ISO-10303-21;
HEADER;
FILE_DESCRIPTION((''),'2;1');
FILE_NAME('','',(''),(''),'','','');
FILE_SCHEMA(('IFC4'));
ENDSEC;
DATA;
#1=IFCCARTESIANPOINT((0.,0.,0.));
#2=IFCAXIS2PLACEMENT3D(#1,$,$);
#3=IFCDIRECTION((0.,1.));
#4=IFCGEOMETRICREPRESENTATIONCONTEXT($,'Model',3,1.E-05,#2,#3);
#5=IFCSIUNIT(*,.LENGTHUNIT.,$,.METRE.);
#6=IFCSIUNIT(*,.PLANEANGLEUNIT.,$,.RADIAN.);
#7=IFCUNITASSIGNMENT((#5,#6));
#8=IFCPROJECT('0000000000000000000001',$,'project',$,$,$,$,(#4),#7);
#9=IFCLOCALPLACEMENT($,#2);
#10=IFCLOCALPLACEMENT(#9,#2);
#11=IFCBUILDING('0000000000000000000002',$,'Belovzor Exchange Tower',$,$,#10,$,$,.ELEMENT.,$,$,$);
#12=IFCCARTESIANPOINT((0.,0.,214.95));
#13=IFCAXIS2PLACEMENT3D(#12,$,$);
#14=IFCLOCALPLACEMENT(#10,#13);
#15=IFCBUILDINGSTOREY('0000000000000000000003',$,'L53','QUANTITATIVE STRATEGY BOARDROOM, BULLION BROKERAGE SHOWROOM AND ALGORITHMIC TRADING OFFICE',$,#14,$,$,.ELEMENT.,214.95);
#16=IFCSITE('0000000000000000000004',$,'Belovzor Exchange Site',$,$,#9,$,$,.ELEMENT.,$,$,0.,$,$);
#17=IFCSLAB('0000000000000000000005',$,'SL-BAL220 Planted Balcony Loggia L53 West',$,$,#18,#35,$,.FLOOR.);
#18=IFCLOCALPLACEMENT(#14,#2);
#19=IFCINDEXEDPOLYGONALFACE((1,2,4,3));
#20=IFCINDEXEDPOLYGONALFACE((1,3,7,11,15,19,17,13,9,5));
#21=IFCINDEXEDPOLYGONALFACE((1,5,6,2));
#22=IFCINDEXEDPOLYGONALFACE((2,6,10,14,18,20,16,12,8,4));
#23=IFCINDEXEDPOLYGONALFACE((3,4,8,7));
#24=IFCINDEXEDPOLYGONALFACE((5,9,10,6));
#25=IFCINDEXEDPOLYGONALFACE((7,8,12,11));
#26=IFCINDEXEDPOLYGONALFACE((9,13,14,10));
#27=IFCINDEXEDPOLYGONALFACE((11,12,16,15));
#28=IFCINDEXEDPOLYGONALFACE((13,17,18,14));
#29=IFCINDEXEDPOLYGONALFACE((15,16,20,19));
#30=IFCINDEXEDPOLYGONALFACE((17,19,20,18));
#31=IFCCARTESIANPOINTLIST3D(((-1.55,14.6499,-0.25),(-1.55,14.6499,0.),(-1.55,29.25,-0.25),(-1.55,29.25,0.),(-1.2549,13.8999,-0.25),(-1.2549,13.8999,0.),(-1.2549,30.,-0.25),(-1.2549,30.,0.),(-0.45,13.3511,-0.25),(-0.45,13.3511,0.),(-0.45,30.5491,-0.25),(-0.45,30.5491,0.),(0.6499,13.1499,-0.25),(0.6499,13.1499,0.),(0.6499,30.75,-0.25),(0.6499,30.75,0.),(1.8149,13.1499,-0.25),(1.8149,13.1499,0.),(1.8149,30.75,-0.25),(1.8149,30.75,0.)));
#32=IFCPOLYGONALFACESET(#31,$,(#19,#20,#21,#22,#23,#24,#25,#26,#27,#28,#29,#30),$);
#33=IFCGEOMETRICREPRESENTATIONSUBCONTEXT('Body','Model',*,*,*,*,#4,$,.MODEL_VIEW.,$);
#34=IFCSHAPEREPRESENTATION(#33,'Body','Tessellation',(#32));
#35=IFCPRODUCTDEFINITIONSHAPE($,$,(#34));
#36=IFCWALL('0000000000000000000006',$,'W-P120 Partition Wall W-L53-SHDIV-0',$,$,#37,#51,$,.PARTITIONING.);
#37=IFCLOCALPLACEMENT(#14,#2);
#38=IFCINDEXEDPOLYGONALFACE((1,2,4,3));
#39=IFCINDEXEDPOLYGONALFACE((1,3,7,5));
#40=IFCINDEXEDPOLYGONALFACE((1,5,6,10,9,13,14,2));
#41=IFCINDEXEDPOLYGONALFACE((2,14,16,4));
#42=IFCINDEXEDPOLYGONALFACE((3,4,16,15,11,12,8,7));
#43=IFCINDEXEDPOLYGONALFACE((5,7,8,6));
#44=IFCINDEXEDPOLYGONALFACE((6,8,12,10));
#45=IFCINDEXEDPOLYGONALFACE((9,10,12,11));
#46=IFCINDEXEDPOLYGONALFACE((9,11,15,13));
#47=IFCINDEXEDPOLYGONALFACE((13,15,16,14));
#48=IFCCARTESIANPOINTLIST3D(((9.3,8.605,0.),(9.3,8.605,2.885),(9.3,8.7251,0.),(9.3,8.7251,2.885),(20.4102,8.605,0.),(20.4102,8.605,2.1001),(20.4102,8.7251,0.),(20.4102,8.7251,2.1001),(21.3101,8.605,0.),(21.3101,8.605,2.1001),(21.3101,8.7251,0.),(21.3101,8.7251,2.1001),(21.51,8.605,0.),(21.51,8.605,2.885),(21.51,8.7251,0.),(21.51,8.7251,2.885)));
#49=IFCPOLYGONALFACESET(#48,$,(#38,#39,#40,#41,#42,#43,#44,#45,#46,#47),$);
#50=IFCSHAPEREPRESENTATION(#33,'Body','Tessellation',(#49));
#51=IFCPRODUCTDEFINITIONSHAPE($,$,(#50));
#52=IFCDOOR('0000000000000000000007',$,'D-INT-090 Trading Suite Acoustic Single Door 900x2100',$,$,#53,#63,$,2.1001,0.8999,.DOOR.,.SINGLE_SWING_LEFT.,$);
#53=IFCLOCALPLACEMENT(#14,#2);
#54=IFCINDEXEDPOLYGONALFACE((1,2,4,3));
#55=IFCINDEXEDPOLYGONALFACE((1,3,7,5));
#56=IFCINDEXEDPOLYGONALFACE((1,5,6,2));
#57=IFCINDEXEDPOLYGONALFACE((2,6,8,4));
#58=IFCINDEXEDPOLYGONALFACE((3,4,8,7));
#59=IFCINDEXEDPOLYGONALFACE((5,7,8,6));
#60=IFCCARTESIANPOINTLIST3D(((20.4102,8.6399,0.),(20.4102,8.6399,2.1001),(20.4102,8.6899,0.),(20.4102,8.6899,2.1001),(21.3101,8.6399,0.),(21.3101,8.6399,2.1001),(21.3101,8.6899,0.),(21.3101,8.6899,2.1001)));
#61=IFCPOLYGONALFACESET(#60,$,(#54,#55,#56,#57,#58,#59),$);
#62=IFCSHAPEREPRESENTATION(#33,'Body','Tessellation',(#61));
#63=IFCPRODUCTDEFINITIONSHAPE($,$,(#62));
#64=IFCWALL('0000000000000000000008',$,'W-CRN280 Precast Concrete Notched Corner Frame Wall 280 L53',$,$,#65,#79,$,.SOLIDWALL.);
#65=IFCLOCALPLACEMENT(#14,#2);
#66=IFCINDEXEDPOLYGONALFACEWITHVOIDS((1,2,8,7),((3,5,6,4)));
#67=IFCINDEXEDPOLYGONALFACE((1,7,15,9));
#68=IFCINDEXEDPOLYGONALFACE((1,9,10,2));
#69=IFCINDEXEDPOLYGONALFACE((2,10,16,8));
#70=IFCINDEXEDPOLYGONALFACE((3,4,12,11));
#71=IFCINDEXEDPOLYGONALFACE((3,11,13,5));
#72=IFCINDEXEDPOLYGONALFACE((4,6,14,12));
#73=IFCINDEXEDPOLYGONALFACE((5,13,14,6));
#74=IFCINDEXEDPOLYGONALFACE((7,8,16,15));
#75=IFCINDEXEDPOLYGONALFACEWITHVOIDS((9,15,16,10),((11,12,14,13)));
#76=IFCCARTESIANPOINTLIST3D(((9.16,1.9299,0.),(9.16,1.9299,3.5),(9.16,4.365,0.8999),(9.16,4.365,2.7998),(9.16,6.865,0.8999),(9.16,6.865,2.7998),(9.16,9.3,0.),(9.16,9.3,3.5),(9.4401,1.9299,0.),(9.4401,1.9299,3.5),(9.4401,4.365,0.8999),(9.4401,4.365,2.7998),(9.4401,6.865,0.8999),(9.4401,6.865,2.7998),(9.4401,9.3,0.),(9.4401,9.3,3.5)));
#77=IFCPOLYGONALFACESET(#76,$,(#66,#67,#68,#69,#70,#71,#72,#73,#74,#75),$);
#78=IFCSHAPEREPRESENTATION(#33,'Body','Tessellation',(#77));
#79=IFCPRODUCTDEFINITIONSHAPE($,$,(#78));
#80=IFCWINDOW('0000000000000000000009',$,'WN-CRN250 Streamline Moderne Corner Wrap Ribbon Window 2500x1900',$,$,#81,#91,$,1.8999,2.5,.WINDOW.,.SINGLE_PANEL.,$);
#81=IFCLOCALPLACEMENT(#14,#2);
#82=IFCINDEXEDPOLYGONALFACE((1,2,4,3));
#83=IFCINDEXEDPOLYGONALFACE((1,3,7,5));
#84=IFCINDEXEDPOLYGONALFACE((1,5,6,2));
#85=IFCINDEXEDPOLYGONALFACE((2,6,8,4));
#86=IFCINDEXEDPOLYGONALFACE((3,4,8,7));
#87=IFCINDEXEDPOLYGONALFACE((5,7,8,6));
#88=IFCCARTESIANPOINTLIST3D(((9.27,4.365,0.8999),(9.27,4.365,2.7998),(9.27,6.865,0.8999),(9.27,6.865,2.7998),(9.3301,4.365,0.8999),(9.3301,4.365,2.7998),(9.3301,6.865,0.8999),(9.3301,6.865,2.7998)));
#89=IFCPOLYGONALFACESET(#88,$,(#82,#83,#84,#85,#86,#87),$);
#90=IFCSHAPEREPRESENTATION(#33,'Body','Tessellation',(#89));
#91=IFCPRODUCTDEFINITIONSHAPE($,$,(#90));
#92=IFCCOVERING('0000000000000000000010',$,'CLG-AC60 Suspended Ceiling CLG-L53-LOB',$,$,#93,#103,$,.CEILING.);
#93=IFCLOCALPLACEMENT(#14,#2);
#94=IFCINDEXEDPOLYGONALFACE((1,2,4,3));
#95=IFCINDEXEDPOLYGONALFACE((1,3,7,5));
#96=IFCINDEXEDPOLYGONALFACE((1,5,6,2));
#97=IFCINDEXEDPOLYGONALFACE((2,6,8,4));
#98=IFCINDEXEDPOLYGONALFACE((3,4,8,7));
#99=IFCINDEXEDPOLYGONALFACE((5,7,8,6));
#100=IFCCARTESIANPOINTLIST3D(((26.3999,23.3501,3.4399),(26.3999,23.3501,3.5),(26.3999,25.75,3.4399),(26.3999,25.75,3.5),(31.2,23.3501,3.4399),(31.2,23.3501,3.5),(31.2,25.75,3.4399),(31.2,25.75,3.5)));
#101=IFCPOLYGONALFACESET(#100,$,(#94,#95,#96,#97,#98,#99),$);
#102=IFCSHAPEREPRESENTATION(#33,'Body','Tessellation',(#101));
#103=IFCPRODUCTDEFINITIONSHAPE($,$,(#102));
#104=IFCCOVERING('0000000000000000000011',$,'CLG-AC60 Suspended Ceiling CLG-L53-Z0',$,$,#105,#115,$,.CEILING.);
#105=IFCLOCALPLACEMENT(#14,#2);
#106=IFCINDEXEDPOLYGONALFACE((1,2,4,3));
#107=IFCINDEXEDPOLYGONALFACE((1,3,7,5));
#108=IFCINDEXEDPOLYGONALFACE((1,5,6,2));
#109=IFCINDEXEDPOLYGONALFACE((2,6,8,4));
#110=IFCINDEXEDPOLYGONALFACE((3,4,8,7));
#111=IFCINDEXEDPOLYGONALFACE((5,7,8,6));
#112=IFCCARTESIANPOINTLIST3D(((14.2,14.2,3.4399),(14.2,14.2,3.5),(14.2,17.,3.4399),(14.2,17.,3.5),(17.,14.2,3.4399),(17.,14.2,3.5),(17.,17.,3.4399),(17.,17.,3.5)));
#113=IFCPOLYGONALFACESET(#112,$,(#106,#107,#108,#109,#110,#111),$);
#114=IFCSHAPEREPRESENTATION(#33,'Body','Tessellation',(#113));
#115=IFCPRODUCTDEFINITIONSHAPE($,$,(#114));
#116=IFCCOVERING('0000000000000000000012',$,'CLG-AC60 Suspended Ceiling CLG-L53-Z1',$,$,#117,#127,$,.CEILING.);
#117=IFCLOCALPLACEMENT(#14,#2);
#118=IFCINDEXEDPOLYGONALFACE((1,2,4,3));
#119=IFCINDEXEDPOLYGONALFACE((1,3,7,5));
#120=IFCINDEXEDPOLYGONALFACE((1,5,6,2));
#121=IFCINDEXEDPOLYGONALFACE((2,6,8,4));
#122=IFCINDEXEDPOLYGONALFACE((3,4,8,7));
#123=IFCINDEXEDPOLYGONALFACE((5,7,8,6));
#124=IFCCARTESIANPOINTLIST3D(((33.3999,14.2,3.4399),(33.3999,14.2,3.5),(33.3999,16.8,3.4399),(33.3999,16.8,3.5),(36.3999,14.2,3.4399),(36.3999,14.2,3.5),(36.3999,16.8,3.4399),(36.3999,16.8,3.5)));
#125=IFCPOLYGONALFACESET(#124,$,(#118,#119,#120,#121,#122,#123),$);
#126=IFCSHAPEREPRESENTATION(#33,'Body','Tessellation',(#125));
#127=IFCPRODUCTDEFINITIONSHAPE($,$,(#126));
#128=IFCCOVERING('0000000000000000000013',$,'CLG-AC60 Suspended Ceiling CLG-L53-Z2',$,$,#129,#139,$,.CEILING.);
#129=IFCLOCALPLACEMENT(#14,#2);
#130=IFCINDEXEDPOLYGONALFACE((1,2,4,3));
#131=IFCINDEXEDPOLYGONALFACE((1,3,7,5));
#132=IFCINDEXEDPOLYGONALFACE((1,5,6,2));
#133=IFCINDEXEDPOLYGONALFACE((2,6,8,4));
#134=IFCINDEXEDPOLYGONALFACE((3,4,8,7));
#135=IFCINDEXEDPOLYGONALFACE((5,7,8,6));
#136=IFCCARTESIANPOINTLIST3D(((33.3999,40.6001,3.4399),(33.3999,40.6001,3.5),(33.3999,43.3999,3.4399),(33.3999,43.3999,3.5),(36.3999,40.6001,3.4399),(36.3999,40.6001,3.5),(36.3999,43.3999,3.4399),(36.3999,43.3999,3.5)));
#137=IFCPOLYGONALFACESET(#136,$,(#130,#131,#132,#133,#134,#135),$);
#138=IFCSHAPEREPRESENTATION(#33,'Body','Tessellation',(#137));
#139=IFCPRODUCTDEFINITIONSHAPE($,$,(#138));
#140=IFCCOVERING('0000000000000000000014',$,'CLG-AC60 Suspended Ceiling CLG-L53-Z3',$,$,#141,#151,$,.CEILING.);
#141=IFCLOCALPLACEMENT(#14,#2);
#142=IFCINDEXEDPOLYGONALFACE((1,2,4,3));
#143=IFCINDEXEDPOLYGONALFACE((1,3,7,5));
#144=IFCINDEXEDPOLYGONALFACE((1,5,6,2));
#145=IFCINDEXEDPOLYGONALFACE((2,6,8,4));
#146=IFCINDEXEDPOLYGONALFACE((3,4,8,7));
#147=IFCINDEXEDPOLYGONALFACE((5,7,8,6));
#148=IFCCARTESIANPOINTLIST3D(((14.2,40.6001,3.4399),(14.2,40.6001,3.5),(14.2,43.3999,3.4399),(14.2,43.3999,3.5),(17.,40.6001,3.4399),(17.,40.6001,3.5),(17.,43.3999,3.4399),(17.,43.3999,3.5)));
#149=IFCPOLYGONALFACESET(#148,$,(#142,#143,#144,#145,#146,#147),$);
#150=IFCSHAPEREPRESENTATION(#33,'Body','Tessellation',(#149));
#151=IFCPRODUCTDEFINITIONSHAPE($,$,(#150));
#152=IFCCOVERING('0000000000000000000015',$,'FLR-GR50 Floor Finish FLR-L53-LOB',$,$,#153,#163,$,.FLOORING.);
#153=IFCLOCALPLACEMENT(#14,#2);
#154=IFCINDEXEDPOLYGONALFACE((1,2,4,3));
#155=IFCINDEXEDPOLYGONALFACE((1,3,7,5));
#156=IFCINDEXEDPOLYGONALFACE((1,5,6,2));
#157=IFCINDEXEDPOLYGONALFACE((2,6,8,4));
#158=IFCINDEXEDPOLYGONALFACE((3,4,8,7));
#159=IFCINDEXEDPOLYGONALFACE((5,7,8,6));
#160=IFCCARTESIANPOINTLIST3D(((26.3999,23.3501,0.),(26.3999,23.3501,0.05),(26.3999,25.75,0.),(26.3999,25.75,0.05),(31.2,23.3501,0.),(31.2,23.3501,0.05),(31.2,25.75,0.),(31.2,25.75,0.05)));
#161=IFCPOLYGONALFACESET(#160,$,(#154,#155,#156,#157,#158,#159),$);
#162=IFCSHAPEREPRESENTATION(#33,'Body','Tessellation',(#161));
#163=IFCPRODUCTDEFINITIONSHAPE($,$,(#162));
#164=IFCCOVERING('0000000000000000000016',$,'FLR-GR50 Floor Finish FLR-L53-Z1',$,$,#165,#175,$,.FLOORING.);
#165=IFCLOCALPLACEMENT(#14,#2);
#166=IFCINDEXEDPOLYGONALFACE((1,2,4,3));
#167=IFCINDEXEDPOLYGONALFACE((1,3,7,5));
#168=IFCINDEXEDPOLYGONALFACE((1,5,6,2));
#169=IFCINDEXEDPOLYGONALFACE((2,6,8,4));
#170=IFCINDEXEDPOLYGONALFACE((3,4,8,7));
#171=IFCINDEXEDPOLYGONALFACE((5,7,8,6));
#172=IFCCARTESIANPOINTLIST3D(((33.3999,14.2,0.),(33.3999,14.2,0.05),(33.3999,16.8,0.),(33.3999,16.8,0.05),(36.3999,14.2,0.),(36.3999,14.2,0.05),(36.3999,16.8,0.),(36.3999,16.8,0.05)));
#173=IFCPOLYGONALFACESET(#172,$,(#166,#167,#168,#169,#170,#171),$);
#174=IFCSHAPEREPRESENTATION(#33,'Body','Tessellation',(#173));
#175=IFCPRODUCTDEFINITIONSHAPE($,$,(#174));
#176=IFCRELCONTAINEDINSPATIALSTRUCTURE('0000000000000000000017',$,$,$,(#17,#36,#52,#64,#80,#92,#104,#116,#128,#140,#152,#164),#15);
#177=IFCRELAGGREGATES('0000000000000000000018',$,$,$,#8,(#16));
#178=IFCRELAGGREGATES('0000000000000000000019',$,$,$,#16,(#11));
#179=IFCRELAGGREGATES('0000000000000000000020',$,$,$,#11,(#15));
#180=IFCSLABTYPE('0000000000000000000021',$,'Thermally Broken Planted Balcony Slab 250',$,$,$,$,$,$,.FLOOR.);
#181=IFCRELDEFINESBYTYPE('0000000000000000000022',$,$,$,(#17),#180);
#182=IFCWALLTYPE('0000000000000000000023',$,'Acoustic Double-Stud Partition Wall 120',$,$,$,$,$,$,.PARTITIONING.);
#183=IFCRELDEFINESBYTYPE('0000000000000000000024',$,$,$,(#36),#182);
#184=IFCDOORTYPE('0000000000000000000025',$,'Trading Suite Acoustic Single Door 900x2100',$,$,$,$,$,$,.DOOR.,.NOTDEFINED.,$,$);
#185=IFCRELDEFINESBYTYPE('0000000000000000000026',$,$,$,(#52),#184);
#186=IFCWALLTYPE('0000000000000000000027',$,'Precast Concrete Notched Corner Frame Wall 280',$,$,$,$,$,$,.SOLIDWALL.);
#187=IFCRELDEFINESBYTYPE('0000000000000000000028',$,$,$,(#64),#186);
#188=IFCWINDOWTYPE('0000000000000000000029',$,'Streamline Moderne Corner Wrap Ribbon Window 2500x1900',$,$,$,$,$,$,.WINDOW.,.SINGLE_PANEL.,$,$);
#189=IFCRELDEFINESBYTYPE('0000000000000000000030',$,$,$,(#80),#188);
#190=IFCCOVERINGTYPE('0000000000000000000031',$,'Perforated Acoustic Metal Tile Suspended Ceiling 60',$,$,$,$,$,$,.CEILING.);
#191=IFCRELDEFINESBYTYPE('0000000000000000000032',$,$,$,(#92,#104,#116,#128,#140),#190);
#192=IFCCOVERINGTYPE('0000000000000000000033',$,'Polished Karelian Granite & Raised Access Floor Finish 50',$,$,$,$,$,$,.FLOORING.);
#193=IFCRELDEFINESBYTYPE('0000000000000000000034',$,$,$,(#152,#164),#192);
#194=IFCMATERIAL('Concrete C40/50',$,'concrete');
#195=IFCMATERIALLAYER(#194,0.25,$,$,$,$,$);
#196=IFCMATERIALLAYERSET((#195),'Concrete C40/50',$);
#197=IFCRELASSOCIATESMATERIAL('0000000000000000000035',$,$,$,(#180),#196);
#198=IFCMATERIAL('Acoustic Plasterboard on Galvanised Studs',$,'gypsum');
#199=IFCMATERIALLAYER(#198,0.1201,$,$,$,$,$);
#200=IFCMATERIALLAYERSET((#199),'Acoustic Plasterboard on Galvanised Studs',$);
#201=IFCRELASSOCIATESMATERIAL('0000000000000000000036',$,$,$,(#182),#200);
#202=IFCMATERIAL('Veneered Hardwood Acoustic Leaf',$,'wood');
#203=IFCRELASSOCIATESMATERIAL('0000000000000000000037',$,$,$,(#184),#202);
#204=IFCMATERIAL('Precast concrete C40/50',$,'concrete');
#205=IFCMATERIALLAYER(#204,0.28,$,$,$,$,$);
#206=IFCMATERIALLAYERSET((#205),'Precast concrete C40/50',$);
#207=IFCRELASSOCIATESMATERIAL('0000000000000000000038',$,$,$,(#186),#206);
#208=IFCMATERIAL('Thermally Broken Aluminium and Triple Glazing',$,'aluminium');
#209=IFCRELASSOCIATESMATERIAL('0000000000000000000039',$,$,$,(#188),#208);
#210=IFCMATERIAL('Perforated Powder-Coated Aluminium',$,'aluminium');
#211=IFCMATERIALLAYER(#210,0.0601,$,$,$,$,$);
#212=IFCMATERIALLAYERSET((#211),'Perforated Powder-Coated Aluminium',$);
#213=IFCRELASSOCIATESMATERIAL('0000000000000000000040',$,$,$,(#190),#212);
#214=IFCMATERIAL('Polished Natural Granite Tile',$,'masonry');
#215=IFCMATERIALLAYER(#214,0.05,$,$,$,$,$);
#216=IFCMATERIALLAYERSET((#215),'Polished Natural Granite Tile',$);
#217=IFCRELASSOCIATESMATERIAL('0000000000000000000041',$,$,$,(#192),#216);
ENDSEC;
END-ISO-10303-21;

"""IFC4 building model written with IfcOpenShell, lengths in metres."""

from ifc_helpers import new_model, si_unit, direction, frame, frame_2d, origin, place, context, subcontext, project, spatial, polyline, rectangle, outline, extrude, material, layer, layer_set, type_object, element, fill, save


model = new_model("IFC4")

# Units and contexts
model_context = context("Model", 3, precision=1e-05, world=origin(), true_north=direction((0.0, 1.0)))
body_context = subcontext(model_context, "Body", "Model", "MODEL_VIEW")
ifc_project = project(units=[si_unit("LENGTHUNIT", "METRE"), si_unit("PLANEANGLEUNIT", "RADIAN")], contexts=[model_context])

# Site, building, storey
site_placement = place(None, origin())
site = spatial("IfcSite", under=ifc_project, at=site_placement, Name="Belovzor Exchange Site", CompositionType="ELEMENT", RefElevation=0.0)
building_placement = place(site_placement, origin())
building = spatial("IfcBuilding", under=site, at=building_placement, Name="Belovzor Exchange Tower", CompositionType="ELEMENT")
storey_placement = place(building_placement, frame((0.0, 0.0, 214.95)))
storey = spatial("IfcBuildingStorey", under=building, at=storey_placement, Name="L53", Description="QUANTITATIVE STRATEGY BOARDROOM, BULLION BROKERAGE SHOWROOM AND ALGORITHMIC TRADING OFFICE", CompositionType="ELEMENT", Elevation=214.95)

# Slab
ifc_material_1 = material(Name="Concrete C40/50", Category="concrete")
ifc_layer_1 = layer(ifc_material_1, 0.25)
ifc_layer_set_1 = layer_set([ifc_layer_1], Name="Concrete C40/50")
slab_type_1 = type_object("IfcSlabType", Name="Thermally Broken Planted Balcony Slab 250", PredefinedType="FLOOR", material=ifc_layer_set_1)
slab_1_placement = place(storey_placement, frame((0.0, 0.0, -0.25)))
element("IfcSlab", 1, at=slab_1_placement, inside=storey, type_object=slab_type_1, Name="SL-BAL220 Planted Balcony Loggia L53 West", PredefinedType="FLOOR", context=body_context, shape_type="SweptSolid", body=[
    extrude(outline(polyline([(1.8149, 30.75), (0.6499, 30.75), (-0.45, 30.5491), (-1.2549, 30.0), (-1.55, 29.25), (-1.55, 14.6499), (-1.2549, 13.8999), (-0.45, 13.3511), (0.6499, 13.1499), (1.8149, 13.1499), (1.8149, 30.75)])), origin(), (0.0, 0.0, 1.0), 0.25),
])

# Wall, opening, door
ifc_material_2 = material(Name="Acoustic Plasterboard on Galvanised Studs", Category="gypsum")
ifc_layer_2 = layer(ifc_material_2, 0.1201)
ifc_layer_set_2 = layer_set([ifc_layer_2], Name="Acoustic Plasterboard on Galvanised Studs")
wall_type_1 = type_object("IfcWallType", Name="Acoustic Double-Stud Partition Wall 120", PredefinedType="PARTITIONING", material=ifc_layer_set_2)
wall_1_placement = place(storey_placement, frame((9.3, 8.665, 0.0), z_axis=(0.0, 0.0, 1.0), x_axis=(1.0, 0.0, 0.0)))
wall_1 = element("IfcWall", 2, at=wall_1_placement, inside=storey, type_object=wall_type_1, Name="W-P120 Partition Wall W-L53-SHDIV-0", PredefinedType="PARTITIONING", context=body_context, shape_type="SweptSolid", body=[
    extrude(rectangle(XDim=12.21, YDim=0.1201, at=frame_2d((6.105, 0.0))), origin(), (0.0, 0.0, 1.0), 2.885),
])
opening_1_placement = place(wall_1_placement, frame((11.1101, 0.0, 0.0)))
opening_1 = element("IfcOpeningElement", 3, at=opening_1_placement, cuts=wall_1, PredefinedType="OPENING", context=body_context, shape_type="SweptSolid", body=[
    extrude(rectangle(XDim=0.8999, YDim=2.1001, at=frame_2d((0.45, 1.05))), frame((0.0, 0.0701, 0.0), z_axis=(0.0, -1.0, 0.0), x_axis=(1.0, 0.0, 0.0)), (0.0, 0.0, 1.0), 0.1401),
])
ifc_material_3 = material(Name="Veneered Hardwood Acoustic Leaf", Category="wood")
door_type = type_object("IfcDoorType", Name="Trading Suite Acoustic Single Door 900x2100", OperationType="NOTDEFINED", PredefinedType="DOOR", material=ifc_material_3)
door_placement = place(opening_1_placement, origin())
door = element("IfcDoor", 4, at=door_placement, inside=storey, type_object=door_type, Name="D-INT-090 Trading Suite Acoustic Single Door 900x2100", OperationType="SINGLE_SWING_LEFT", OverallHeight=2.1001, OverallWidth=0.8999, PredefinedType="DOOR", context=body_context, shape_type="SweptSolid", body=[
    extrude(rectangle(XDim=0.8999, YDim=2.1001, at=frame_2d((0.45, 1.05))), frame((0.0, 0.0249, 0.0), z_axis=(0.0, -1.0, 0.0), x_axis=(1.0, 0.0, 0.0)), (0.0, 0.0, 1.0), 0.05),
])
fill(opening_1, door)

# Wall, opening, window
ifc_material_4 = material(Name="Precast concrete C40/50", Category="concrete")
ifc_layer_3 = layer(ifc_material_4, 0.28)
ifc_layer_set_3 = layer_set([ifc_layer_3], Name="Precast concrete C40/50")
wall_type_2 = type_object("IfcWallType", Name="Precast Concrete Notched Corner Frame Wall 280", PredefinedType="SOLIDWALL", material=ifc_layer_set_3)
wall_2_placement = place(storey_placement, frame((9.3, 1.9299, 0.0), z_axis=(0.0, 0.0, 1.0), x_axis=(0.0, 1.0, 0.0)))
wall_2 = element("IfcWall", 5, at=wall_2_placement, inside=storey, type_object=wall_type_2, Name="W-CRN280 Precast Concrete Notched Corner Frame Wall 280 L53", PredefinedType="SOLIDWALL", context=body_context, shape_type="SweptSolid", body=[
    extrude(rectangle(XDim=7.3701, YDim=0.28, at=frame_2d((3.6851, 0.0))), origin(), (0.0, 0.0, 1.0), 3.5),
])
opening_2_placement = place(wall_2_placement, frame((2.4351, 0.0, 0.8999)))
opening_2 = element("IfcOpeningElement", 6, at=opening_2_placement, cuts=wall_2, PredefinedType="OPENING", context=body_context, shape_type="SweptSolid", body=[
    extrude(rectangle(XDim=2.5, YDim=1.8999, at=frame_2d((1.25, 0.95))), frame((0.0, 0.1499, 0.0), z_axis=(0.0, -1.0, 0.0), x_axis=(1.0, 0.0, 0.0)), (0.0, 0.0, 1.0), 0.3),
])
ifc_material_5 = material(Name="Thermally Broken Aluminium and Triple Glazing", Category="aluminium")
window_type = type_object("IfcWindowType", Name="Streamline Moderne Corner Wrap Ribbon Window 2500x1900", PartitioningType="SINGLE_PANEL", PredefinedType="WINDOW", material=ifc_material_5)
window_placement = place(opening_2_placement, origin())
window = element("IfcWindow", 7, at=window_placement, inside=storey, type_object=window_type, Name="WN-CRN250 Streamline Moderne Corner Wrap Ribbon Window 2500x1900", OverallHeight=1.8999, OverallWidth=2.5, PartitioningType="SINGLE_PANEL", PredefinedType="WINDOW", context=body_context, shape_type="SweptSolid", body=[
    extrude(rectangle(XDim=2.5, YDim=1.8999, at=frame_2d((1.25, 0.95))), frame((0.0, 0.03, 0.0), z_axis=(0.0, -1.0, 0.0), x_axis=(1.0, 0.0, 0.0)), (0.0, 0.0, 1.0), 0.0601),
])
fill(opening_2, window)

# Coverings
ifc_material_6 = material(Name="Perforated Powder-Coated Aluminium", Category="aluminium")
ifc_layer_4 = layer(ifc_material_6, 0.0601)
ifc_layer_set_4 = layer_set([ifc_layer_4], Name="Perforated Powder-Coated Aluminium")
covering_type_1 = type_object("IfcCoveringType", Name="Perforated Acoustic Metal Tile Suspended Ceiling 60", PredefinedType="CEILING", material=ifc_layer_set_4)
covering_1_placement = place(storey_placement, frame((0.0, 0.0, 3.4399)))
element("IfcCovering", 8, at=covering_1_placement, inside=storey, type_object=covering_type_1, Name="CLG-AC60 Suspended Ceiling CLG-L53-LOB", PredefinedType="CEILING", context=body_context, shape_type="SweptSolid", body=[
    extrude(outline(polyline([(26.3999, 23.3501), (31.2, 23.3501), (31.2, 25.75), (26.3999, 25.75), (26.3999, 23.3501)])), origin(), (0.0, 0.0, 1.0), 0.0601),
])
covering_2_placement = place(storey_placement, frame((0.0, 0.0, 3.4399)))
element("IfcCovering", 9, at=covering_2_placement, inside=storey, type_object=covering_type_1, Name="CLG-AC60 Suspended Ceiling CLG-L53-Z0", PredefinedType="CEILING", context=body_context, shape_type="SweptSolid", body=[
    extrude(outline(polyline([(14.2, 14.2), (17.0, 14.2), (17.0, 17.0), (14.2, 17.0), (14.2, 14.2)])), origin(), (0.0, 0.0, 1.0), 0.0601),
])
covering_3_placement = place(storey_placement, frame((0.0, 0.0, 3.4399)))
element("IfcCovering", 10, at=covering_3_placement, inside=storey, type_object=covering_type_1, Name="CLG-AC60 Suspended Ceiling CLG-L53-Z1", PredefinedType="CEILING", context=body_context, shape_type="SweptSolid", body=[
    extrude(outline(polyline([(33.3999, 14.2), (36.3999, 14.2), (36.3999, 16.8), (33.3999, 16.8), (33.3999, 14.2)])), origin(), (0.0, 0.0, 1.0), 0.0601),
])
covering_4_placement = place(storey_placement, frame((0.0, 0.0, 3.4399)))
element("IfcCovering", 11, at=covering_4_placement, inside=storey, type_object=covering_type_1, Name="CLG-AC60 Suspended Ceiling CLG-L53-Z2", PredefinedType="CEILING", context=body_context, shape_type="SweptSolid", body=[
    extrude(outline(polyline([(33.3999, 40.6001), (36.3999, 40.6001), (36.3999, 43.3999), (33.3999, 43.3999), (33.3999, 40.6001)])), origin(), (0.0, 0.0, 1.0), 0.0601),
])
covering_5_placement = place(storey_placement, frame((0.0, 0.0, 3.4399)))
element("IfcCovering", 12, at=covering_5_placement, inside=storey, type_object=covering_type_1, Name="CLG-AC60 Suspended Ceiling CLG-L53-Z3", PredefinedType="CEILING", context=body_context, shape_type="SweptSolid", body=[
    extrude(outline(polyline([(14.2, 40.6001), (17.0, 40.6001), (17.0, 43.3999), (14.2, 43.3999), (14.2, 40.6001)])), origin(), (0.0, 0.0, 1.0), 0.0601),
])
ifc_material_7 = material(Name="Polished Natural Granite Tile", Category="masonry")
ifc_layer_5 = layer(ifc_material_7, 0.05)
ifc_layer_set_5 = layer_set([ifc_layer_5], Name="Polished Natural Granite Tile")
covering_type_2 = type_object("IfcCoveringType", Name="Polished Karelian Granite & Raised Access Floor Finish 50", PredefinedType="FLOORING", material=ifc_layer_set_5)
covering_6_placement = place(storey_placement, origin())
element("IfcCovering", 13, at=covering_6_placement, inside=storey, type_object=covering_type_2, Name="FLR-GR50 Floor Finish FLR-L53-LOB", PredefinedType="FLOORING", context=body_context, shape_type="SweptSolid", body=[
    extrude(outline(polyline([(26.3999, 23.3501), (31.2, 23.3501), (31.2, 25.75), (26.3999, 25.75), (26.3999, 23.3501)])), origin(), (0.0, 0.0, 1.0), 0.05),
])
covering_7_placement = place(storey_placement, origin())
element("IfcCovering", 14, at=covering_7_placement, inside=storey, type_object=covering_type_2, Name="FLR-GR50 Floor Finish FLR-L53-Z1", PredefinedType="FLOORING", context=body_context, shape_type="SweptSolid", body=[
    extrude(outline(polyline([(33.3999, 14.2), (36.3999, 14.2), (36.3999, 16.8), (33.3999, 16.8), (33.3999, 14.2)])), origin(), (0.0, 0.0, 1.0), 0.05),
])

save(model, "model.ifc")
